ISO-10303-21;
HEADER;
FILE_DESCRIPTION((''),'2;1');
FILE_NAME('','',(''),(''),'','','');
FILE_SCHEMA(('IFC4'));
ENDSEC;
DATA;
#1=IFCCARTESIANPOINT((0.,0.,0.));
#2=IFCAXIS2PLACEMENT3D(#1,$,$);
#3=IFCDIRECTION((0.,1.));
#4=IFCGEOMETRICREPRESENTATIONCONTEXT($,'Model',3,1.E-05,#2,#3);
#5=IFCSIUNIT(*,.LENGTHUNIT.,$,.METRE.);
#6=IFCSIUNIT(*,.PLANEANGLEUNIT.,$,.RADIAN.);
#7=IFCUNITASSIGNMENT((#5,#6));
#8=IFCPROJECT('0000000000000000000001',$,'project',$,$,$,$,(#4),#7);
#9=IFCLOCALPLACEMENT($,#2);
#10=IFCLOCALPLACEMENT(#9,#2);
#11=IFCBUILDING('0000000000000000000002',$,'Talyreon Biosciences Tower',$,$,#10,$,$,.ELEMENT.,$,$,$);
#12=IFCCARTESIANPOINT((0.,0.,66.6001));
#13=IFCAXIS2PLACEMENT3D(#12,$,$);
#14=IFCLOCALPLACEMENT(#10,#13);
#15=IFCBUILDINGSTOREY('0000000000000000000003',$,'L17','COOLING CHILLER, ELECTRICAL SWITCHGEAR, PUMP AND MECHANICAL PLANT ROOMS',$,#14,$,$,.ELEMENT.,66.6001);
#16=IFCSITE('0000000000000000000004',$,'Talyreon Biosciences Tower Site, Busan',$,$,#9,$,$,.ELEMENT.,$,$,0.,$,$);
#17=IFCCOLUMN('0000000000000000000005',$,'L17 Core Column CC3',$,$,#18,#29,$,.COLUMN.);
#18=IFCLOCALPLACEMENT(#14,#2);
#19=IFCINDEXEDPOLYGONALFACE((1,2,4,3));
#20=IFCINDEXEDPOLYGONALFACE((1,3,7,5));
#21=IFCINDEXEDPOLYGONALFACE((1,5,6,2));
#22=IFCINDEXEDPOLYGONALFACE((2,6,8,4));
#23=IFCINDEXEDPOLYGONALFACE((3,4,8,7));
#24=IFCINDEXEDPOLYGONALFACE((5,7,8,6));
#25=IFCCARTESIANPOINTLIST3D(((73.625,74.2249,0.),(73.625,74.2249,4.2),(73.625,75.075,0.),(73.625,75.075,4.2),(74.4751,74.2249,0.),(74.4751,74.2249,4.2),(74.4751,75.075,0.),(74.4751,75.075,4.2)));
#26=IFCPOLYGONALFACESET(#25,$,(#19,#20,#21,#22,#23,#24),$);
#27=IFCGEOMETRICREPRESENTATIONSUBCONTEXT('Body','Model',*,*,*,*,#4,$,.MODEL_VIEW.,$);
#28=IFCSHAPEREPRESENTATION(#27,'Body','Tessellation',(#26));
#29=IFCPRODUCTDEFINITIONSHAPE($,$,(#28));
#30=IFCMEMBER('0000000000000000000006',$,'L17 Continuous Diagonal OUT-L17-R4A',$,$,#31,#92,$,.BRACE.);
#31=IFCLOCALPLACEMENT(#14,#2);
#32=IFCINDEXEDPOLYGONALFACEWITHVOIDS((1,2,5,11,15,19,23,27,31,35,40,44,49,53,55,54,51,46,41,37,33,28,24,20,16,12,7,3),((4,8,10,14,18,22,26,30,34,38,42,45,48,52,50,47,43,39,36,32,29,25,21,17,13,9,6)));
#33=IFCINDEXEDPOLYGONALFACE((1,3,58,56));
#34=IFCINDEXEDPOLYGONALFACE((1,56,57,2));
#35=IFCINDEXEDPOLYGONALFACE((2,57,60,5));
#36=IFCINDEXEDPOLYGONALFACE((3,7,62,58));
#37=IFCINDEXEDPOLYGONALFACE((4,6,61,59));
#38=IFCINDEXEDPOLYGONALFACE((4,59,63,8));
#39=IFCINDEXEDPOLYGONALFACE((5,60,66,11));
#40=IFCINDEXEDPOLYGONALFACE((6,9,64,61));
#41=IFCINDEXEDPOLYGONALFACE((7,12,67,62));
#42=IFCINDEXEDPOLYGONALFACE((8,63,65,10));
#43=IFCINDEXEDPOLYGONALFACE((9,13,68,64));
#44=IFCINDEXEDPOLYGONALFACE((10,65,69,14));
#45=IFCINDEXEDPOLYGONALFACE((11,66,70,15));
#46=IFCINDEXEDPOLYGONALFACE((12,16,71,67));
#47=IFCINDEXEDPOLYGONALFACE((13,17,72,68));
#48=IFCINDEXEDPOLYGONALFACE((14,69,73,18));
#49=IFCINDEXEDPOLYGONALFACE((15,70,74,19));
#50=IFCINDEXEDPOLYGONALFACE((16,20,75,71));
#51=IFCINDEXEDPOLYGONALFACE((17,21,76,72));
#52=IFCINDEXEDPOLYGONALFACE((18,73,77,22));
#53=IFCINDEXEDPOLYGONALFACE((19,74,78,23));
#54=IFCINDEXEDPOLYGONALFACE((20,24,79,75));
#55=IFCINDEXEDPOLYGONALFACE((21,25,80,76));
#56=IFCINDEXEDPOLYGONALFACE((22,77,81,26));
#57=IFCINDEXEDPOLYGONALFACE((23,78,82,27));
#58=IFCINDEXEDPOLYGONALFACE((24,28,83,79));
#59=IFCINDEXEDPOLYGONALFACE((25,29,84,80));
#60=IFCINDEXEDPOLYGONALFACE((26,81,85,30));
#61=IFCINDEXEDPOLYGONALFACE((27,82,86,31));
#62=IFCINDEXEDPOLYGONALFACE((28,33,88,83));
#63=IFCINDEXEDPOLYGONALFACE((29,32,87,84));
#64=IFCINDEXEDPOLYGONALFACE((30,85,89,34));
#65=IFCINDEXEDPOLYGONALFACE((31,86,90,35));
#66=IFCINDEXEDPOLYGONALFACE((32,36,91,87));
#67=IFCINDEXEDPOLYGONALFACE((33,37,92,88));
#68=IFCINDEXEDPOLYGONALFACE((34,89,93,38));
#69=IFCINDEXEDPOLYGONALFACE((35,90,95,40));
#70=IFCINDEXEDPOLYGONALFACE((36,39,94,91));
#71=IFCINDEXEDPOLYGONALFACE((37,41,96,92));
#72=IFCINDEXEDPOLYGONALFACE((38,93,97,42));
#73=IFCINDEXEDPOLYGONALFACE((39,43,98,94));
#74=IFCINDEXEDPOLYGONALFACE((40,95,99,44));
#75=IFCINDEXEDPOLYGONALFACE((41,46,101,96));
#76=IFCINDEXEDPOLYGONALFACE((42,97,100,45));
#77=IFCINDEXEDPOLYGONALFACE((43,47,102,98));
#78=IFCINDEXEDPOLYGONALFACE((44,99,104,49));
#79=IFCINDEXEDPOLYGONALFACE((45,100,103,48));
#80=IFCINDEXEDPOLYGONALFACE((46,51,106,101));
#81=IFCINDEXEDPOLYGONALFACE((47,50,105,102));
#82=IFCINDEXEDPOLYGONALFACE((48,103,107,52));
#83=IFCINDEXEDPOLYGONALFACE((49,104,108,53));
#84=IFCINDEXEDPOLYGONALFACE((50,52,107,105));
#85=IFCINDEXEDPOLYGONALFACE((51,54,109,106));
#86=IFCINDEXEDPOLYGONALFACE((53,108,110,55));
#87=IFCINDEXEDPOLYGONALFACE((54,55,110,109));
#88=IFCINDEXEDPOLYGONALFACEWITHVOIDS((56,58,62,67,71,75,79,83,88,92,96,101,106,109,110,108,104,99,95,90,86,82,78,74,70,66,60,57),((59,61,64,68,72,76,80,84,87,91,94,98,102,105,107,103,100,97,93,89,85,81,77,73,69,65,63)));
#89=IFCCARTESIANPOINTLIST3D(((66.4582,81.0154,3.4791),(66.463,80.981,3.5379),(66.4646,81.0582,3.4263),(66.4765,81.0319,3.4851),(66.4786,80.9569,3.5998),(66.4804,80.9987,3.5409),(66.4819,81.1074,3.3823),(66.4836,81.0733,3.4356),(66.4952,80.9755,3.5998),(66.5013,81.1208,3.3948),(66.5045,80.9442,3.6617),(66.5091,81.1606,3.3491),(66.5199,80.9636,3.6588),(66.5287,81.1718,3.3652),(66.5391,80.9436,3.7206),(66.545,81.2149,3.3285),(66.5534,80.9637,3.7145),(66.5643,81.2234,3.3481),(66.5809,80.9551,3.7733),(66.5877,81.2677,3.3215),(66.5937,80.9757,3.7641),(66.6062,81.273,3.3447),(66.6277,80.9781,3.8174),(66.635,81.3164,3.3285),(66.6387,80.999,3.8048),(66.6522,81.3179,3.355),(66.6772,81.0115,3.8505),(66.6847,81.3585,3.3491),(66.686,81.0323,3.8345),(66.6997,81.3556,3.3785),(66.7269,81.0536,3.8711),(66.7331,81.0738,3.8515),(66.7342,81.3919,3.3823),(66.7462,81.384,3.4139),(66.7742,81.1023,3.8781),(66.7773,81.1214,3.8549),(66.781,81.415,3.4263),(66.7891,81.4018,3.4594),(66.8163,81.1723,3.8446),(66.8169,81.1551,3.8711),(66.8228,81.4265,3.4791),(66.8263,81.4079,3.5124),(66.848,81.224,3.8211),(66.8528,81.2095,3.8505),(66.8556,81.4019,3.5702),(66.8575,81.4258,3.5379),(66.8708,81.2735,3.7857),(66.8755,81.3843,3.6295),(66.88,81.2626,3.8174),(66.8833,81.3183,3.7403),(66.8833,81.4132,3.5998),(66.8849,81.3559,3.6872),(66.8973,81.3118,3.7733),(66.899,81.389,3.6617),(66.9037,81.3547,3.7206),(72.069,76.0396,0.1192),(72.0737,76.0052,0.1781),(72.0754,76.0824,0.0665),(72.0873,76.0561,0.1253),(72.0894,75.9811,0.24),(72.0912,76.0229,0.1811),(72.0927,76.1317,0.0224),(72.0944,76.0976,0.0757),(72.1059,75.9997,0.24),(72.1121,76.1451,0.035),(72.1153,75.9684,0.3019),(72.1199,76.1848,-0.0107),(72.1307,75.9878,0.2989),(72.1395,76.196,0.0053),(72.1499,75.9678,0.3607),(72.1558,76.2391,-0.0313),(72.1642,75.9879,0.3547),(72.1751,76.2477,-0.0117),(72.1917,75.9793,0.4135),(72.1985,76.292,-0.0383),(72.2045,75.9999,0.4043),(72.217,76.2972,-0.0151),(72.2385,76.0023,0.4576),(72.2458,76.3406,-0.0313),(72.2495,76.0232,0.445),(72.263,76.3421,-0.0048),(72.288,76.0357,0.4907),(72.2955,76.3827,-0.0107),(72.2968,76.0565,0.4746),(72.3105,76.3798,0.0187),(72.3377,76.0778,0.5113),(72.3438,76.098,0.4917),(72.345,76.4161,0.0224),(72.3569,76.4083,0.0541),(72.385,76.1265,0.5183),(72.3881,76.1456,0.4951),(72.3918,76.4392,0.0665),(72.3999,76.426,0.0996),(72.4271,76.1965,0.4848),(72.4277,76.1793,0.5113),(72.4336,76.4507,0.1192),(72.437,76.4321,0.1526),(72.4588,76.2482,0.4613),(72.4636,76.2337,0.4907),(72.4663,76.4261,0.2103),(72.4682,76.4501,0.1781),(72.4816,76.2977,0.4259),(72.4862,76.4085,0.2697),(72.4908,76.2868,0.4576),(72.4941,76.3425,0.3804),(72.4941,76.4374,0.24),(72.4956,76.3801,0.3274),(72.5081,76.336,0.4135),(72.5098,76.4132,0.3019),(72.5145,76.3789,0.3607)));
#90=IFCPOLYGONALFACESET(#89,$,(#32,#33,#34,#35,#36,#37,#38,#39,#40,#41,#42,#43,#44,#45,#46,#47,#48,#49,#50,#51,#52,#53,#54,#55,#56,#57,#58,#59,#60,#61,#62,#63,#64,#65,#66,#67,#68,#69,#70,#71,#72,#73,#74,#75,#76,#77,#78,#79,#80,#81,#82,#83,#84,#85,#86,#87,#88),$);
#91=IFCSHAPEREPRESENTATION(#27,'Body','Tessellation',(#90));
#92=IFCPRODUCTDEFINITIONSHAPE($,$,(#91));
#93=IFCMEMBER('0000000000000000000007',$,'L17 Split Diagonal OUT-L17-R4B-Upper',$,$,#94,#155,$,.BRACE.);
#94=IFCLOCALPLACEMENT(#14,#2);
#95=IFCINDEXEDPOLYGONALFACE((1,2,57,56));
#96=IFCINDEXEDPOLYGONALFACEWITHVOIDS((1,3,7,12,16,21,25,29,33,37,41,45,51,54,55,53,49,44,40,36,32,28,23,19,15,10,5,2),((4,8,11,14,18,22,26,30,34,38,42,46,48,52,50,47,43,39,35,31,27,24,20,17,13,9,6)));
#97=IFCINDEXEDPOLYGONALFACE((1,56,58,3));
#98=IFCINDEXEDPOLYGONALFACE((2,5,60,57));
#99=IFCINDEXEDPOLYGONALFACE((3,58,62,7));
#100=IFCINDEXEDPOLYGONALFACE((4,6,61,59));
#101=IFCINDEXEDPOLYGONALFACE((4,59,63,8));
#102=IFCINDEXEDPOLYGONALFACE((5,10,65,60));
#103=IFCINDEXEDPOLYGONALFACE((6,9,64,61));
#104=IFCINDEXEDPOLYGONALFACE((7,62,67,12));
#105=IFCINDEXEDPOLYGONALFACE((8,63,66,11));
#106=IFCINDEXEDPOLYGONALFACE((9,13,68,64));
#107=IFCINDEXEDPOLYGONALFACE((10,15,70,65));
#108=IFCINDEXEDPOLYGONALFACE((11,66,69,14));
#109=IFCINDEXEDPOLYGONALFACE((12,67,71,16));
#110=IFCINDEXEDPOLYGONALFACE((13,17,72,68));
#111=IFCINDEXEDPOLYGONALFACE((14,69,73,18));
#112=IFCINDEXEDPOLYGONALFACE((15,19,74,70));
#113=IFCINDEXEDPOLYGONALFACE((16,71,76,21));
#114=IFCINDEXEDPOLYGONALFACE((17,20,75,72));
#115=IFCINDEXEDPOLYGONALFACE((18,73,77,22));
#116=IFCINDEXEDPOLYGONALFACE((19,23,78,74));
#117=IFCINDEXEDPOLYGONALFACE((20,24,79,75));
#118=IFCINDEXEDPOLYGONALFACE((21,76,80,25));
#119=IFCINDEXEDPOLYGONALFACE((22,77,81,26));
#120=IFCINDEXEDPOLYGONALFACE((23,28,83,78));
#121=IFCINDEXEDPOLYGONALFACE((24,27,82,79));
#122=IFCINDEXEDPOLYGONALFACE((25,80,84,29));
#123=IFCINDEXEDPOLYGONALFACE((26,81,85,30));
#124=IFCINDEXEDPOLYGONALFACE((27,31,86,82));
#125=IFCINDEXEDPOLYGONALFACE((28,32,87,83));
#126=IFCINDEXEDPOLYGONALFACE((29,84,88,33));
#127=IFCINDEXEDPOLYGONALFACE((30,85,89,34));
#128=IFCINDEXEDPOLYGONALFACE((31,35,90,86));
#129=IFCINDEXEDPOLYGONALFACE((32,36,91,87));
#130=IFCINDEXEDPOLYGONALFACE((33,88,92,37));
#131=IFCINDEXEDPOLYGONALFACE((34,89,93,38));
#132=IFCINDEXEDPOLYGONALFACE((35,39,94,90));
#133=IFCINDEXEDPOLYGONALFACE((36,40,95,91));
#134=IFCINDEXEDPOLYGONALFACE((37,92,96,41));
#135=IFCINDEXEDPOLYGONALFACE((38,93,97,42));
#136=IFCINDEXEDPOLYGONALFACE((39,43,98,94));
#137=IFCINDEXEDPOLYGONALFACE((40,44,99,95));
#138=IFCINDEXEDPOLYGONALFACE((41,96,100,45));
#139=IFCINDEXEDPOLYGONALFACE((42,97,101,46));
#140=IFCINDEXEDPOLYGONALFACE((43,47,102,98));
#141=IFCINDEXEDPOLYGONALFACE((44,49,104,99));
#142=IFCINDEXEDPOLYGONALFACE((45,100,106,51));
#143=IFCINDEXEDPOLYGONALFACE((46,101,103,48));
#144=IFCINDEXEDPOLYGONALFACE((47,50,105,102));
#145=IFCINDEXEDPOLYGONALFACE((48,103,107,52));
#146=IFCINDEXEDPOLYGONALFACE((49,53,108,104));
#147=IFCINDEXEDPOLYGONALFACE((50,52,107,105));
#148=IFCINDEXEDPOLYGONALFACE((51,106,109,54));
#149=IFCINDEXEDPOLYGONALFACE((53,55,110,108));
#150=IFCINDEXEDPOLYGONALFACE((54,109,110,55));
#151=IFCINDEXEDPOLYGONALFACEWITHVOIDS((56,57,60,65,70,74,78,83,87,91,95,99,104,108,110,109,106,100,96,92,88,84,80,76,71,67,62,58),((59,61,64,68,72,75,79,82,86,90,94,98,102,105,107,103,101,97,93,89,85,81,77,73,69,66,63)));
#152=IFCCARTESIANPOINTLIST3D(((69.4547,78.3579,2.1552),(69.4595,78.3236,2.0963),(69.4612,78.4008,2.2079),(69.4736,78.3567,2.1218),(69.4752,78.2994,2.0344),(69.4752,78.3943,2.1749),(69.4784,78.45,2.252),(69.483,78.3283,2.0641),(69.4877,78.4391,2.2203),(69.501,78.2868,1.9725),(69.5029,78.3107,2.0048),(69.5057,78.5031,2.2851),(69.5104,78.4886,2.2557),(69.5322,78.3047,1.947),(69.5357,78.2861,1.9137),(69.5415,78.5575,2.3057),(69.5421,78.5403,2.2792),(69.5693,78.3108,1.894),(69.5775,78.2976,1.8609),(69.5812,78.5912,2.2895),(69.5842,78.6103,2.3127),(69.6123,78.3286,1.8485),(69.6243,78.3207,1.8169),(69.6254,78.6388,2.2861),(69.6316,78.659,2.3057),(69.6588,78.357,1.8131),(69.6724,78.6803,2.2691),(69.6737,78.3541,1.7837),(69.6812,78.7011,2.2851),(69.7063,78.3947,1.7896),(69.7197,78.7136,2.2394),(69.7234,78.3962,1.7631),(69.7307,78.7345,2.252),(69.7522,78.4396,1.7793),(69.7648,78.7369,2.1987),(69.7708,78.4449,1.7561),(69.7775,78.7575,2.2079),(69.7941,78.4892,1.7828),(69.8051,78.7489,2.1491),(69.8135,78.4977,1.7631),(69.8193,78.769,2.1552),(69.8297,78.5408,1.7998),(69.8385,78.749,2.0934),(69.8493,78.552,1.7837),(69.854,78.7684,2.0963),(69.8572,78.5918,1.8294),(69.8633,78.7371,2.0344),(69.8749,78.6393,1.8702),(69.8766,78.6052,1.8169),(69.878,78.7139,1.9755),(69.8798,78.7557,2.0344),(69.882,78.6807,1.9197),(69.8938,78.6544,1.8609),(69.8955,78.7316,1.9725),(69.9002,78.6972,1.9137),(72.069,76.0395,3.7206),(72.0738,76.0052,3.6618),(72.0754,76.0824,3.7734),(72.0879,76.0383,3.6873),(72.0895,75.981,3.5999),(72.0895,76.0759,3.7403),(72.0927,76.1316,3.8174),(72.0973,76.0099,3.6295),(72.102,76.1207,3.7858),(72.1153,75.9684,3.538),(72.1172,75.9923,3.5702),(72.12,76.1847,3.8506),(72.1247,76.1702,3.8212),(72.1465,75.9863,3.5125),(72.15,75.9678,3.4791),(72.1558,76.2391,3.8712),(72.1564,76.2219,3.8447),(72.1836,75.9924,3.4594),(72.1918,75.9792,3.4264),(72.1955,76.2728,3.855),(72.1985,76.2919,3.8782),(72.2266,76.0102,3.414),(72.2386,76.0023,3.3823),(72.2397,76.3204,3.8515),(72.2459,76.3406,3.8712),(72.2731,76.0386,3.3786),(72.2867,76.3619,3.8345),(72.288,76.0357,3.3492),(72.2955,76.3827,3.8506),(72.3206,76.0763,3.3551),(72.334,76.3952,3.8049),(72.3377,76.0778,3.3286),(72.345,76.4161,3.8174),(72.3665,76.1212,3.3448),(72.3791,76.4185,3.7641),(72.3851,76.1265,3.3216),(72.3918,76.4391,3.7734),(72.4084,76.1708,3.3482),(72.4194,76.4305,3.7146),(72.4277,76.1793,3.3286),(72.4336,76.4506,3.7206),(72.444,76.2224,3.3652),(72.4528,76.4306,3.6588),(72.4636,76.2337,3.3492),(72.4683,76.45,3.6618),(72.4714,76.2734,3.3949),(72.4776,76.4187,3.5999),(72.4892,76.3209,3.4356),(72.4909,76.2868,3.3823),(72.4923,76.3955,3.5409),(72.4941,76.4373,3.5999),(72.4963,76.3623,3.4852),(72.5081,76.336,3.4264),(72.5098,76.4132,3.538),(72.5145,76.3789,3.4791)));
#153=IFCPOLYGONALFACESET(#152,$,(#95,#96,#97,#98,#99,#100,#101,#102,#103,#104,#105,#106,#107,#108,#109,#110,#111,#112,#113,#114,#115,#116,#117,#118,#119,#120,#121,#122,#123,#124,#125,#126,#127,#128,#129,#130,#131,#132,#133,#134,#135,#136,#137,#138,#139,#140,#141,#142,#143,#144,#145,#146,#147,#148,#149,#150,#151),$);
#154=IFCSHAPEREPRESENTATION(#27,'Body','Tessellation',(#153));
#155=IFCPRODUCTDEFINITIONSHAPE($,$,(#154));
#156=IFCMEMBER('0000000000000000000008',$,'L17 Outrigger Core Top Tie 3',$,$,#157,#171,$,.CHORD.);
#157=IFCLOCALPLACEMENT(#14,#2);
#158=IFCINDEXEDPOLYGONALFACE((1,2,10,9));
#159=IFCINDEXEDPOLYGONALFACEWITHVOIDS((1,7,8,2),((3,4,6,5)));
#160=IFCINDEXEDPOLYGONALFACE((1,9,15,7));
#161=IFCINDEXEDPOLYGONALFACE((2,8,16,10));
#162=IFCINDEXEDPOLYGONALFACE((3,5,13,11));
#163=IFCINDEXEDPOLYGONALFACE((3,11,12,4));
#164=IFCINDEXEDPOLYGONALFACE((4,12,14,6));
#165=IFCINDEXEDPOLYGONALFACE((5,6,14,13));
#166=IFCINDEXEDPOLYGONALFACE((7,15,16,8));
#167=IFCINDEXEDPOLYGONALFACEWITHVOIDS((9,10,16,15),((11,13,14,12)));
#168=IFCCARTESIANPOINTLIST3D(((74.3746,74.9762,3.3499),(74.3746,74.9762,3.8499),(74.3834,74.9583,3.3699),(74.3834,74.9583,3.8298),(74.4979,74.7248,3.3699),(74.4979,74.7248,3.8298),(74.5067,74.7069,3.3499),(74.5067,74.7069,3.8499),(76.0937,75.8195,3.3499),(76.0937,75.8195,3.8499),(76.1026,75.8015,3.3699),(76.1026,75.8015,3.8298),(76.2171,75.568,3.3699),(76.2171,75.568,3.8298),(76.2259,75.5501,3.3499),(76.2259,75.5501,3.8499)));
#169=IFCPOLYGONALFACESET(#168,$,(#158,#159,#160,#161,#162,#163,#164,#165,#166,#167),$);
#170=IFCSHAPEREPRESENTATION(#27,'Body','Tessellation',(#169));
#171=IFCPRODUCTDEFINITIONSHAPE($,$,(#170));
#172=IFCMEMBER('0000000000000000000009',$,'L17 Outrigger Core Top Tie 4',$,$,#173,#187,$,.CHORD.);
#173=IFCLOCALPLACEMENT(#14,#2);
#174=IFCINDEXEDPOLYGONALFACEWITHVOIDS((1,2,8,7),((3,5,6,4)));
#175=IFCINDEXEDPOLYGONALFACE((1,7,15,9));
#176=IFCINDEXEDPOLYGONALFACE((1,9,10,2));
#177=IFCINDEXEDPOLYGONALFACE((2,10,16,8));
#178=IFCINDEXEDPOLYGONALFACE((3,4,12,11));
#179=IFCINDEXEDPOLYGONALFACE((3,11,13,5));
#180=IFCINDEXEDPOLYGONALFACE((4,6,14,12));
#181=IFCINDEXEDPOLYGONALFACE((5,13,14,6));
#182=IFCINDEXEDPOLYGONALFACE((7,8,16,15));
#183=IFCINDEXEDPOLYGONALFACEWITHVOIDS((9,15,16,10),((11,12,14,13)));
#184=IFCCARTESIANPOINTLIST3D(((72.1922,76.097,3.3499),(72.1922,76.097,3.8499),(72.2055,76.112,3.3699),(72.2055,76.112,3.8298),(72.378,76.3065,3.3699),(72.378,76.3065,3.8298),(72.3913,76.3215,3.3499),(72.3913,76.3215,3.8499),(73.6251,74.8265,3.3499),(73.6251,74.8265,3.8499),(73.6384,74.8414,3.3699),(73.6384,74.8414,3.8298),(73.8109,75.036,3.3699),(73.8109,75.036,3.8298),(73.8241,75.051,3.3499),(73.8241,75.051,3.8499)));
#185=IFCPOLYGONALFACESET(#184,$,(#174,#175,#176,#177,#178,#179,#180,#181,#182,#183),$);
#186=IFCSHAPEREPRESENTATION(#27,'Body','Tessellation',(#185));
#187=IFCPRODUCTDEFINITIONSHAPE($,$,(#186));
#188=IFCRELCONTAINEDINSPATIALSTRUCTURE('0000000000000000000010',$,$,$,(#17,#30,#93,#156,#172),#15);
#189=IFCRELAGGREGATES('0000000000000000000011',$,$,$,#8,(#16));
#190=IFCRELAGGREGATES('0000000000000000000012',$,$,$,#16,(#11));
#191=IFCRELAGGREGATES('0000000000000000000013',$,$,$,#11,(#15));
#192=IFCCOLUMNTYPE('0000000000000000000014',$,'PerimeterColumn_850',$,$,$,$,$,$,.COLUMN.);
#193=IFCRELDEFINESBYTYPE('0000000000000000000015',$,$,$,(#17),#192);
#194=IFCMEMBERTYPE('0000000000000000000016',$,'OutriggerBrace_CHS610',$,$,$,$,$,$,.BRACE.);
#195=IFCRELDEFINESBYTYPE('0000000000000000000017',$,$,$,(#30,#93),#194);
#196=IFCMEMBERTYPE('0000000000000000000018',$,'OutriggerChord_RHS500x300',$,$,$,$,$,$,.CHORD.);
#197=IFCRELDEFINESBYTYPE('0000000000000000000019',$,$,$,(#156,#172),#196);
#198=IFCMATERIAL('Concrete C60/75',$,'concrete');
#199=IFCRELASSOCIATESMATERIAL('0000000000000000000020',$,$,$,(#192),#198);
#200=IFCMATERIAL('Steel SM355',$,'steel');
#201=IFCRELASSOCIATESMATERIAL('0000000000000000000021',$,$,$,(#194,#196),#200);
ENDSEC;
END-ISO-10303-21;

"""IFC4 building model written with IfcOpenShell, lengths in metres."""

from ifc_helpers import new_model, si_unit, direction, frame, origin, origin_2d, place, context, subcontext, project, spatial, rectangle, hollow_rectangle, hollow_circle, extrude, material, material_profile, profile_set, type_object, element, save


model = new_model("IFC4")

# Units and contexts
model_context = context("Model", 3, precision=1e-05, world=origin(), true_north=direction((0.0, 1.0)))
body_context = subcontext(model_context, "Body", "Model", "MODEL_VIEW")
ifc_project = project(units=[si_unit("LENGTHUNIT", "METRE"), si_unit("PLANEANGLEUNIT", "RADIAN")], contexts=[model_context])

# Site, building, storey
site_placement = place(None, origin())
site = spatial("IfcSite", under=ifc_project, at=site_placement, Name="Talyreon Biosciences Tower Site, Busan", CompositionType="ELEMENT", RefElevation=0.0)
building_placement = place(site_placement, origin())
building = spatial("IfcBuilding", under=site, at=building_placement, Name="Talyreon Biosciences Tower", CompositionType="ELEMENT")
storey_placement = place(building_placement, frame((0.0, 0.0, 66.6001)))
storey = spatial("IfcBuildingStorey", under=building, at=storey_placement, Name="L17", Description="COOLING CHILLER, ELECTRICAL SWITCHGEAR, PUMP AND MECHANICAL PLANT ROOMS", CompositionType="ELEMENT", Elevation=66.6001)

# Column
ifc_material_1 = material(Name="Concrete C60/75", Category="concrete")
ifc_material_profile_1 = material_profile(ifc_material_1, rectangle(XDim=0.8501, YDim=0.8501, at=origin_2d()), Name="RC 850x850")
ifc_profile_set_1 = profile_set([ifc_material_profile_1], Name="Concrete C60/75")
column_type = type_object("IfcColumnType", Name="PerimeterColumn_850", PredefinedType="COLUMN", material=ifc_profile_set_1)
column_placement = place(storey_placement, frame((74.05, 74.6499, 0.0), z_axis=(0.0, 0.0, 1.0), x_axis=(1.0, 0.0, 0.0)))
element("IfcColumn", 1, at=column_placement, inside=storey, type_object=column_type, Name="L17 Core Column CC3", PredefinedType="COLUMN", context=body_context, shape_type="SweptSolid", body=[
    extrude(rectangle(XDim=0.8501, YDim=0.8501, at=origin_2d()), origin(), (0.0, 0.0, 1.0), 4.2),
])

# Members
ifc_material_2 = material(Name="Steel SM355", Category="steel")
ifc_material_profile_2 = material_profile(ifc_material_2, hollow_circle(Radius=0.3049, WallThickness=0.0249, at=origin_2d()), Name="CHS 610x25")
ifc_profile_set_2 = profile_set([ifc_material_profile_2], Name="Steel SM355")
member_type_1 = type_object("IfcMemberType", Name="OutriggerBrace_CHS610", PredefinedType="BRACE", material=ifc_profile_set_2)
member_1_placement = place(storey_placement, frame((72.2917, 76.2092, 0.24), z_axis=(-0.682783, 0.605508, 0.408861), x_axis=(-0.663501, -0.748176, 0.0)))
element("IfcMember", 2, at=member_1_placement, inside=storey, type_object=member_type_1, Name="L17 Continuous Diagonal OUT-L17-R4A", PredefinedType="BRACE", context=body_context, shape_type="SweptSolid", body=[
    extrude(hollow_circle(Radius=0.3049, WallThickness=0.0249, at=origin_2d()), origin(), (0.0, 0.0, 1.0), 8.2175),
])
member_2_placement = place(storey_placement, frame((69.6775, 78.5276, 2.0344), z_axis=(0.682788, -0.605506, 0.408857), x_axis=(0.663496, 0.74818, 0.0)))
element("IfcMember", 3, at=member_2_placement, inside=storey, type_object=member_type_1, Name="L17 Split Diagonal OUT-L17-R4B-Upper", PredefinedType="BRACE", context=body_context, shape_type="SweptSolid", body=[
    extrude(hollow_circle(Radius=0.3049, WallThickness=0.0249, at=origin_2d()), origin(), (0.0, 0.0, 1.0), 3.8289),
])
ifc_material_profile_3 = material_profile(ifc_material_2, hollow_rectangle(XDim=0.3, YDim=0.5, WallThickness=0.02, at=origin_2d()), Name="RHS 500x300x20")
ifc_profile_set_3 = profile_set([ifc_material_profile_3], Name="Steel SM355")
member_type_2 = type_object("IfcMemberType", Name="OutriggerChord_RHS500x300", PredefinedType="CHORD", material=ifc_profile_set_3)
member_3_placement = place(storey_placement, frame((74.4407, 74.8416, 3.5999), z_axis=(0.897818, 0.440367, 0.0), x_axis=(-0.440367, 0.897818, 0.0)))
element("IfcMember", 4, at=member_3_placement, inside=storey, type_object=member_type_2, Name="L17 Outrigger Core Top Tie 3", PredefinedType="CHORD", context=body_context, shape_type="SweptSolid", body=[
    extrude(hollow_rectangle(XDim=0.3, YDim=0.5, WallThickness=0.02, at=origin_2d()), origin(), (0.0, 0.0, 1.0), 1.9148),
])
for number, where, z_axis, x_axis, name in (
    (5, (73.7246, 74.9387, 3.5999), (-0.748225, 0.663445, 0.0), (-0.663445, -0.748225, 0.0), "L17 Outrigger Core Top Tie 4"),
):
    element("IfcMember", number, at=place(storey_placement, frame(where, z_axis=z_axis, x_axis=x_axis)), inside=storey, type_object=member_type_2, Name=name, PredefinedType="CHORD", context=body_context, shape_type="SweptSolid", body=[
        extrude(hollow_rectangle(XDim=0.3, YDim=0.5, WallThickness=0.02, at=origin_2d()), origin(), (0.0, 0.0, 1.0), 1.915),
    ])

save(model, "model.ifc")
